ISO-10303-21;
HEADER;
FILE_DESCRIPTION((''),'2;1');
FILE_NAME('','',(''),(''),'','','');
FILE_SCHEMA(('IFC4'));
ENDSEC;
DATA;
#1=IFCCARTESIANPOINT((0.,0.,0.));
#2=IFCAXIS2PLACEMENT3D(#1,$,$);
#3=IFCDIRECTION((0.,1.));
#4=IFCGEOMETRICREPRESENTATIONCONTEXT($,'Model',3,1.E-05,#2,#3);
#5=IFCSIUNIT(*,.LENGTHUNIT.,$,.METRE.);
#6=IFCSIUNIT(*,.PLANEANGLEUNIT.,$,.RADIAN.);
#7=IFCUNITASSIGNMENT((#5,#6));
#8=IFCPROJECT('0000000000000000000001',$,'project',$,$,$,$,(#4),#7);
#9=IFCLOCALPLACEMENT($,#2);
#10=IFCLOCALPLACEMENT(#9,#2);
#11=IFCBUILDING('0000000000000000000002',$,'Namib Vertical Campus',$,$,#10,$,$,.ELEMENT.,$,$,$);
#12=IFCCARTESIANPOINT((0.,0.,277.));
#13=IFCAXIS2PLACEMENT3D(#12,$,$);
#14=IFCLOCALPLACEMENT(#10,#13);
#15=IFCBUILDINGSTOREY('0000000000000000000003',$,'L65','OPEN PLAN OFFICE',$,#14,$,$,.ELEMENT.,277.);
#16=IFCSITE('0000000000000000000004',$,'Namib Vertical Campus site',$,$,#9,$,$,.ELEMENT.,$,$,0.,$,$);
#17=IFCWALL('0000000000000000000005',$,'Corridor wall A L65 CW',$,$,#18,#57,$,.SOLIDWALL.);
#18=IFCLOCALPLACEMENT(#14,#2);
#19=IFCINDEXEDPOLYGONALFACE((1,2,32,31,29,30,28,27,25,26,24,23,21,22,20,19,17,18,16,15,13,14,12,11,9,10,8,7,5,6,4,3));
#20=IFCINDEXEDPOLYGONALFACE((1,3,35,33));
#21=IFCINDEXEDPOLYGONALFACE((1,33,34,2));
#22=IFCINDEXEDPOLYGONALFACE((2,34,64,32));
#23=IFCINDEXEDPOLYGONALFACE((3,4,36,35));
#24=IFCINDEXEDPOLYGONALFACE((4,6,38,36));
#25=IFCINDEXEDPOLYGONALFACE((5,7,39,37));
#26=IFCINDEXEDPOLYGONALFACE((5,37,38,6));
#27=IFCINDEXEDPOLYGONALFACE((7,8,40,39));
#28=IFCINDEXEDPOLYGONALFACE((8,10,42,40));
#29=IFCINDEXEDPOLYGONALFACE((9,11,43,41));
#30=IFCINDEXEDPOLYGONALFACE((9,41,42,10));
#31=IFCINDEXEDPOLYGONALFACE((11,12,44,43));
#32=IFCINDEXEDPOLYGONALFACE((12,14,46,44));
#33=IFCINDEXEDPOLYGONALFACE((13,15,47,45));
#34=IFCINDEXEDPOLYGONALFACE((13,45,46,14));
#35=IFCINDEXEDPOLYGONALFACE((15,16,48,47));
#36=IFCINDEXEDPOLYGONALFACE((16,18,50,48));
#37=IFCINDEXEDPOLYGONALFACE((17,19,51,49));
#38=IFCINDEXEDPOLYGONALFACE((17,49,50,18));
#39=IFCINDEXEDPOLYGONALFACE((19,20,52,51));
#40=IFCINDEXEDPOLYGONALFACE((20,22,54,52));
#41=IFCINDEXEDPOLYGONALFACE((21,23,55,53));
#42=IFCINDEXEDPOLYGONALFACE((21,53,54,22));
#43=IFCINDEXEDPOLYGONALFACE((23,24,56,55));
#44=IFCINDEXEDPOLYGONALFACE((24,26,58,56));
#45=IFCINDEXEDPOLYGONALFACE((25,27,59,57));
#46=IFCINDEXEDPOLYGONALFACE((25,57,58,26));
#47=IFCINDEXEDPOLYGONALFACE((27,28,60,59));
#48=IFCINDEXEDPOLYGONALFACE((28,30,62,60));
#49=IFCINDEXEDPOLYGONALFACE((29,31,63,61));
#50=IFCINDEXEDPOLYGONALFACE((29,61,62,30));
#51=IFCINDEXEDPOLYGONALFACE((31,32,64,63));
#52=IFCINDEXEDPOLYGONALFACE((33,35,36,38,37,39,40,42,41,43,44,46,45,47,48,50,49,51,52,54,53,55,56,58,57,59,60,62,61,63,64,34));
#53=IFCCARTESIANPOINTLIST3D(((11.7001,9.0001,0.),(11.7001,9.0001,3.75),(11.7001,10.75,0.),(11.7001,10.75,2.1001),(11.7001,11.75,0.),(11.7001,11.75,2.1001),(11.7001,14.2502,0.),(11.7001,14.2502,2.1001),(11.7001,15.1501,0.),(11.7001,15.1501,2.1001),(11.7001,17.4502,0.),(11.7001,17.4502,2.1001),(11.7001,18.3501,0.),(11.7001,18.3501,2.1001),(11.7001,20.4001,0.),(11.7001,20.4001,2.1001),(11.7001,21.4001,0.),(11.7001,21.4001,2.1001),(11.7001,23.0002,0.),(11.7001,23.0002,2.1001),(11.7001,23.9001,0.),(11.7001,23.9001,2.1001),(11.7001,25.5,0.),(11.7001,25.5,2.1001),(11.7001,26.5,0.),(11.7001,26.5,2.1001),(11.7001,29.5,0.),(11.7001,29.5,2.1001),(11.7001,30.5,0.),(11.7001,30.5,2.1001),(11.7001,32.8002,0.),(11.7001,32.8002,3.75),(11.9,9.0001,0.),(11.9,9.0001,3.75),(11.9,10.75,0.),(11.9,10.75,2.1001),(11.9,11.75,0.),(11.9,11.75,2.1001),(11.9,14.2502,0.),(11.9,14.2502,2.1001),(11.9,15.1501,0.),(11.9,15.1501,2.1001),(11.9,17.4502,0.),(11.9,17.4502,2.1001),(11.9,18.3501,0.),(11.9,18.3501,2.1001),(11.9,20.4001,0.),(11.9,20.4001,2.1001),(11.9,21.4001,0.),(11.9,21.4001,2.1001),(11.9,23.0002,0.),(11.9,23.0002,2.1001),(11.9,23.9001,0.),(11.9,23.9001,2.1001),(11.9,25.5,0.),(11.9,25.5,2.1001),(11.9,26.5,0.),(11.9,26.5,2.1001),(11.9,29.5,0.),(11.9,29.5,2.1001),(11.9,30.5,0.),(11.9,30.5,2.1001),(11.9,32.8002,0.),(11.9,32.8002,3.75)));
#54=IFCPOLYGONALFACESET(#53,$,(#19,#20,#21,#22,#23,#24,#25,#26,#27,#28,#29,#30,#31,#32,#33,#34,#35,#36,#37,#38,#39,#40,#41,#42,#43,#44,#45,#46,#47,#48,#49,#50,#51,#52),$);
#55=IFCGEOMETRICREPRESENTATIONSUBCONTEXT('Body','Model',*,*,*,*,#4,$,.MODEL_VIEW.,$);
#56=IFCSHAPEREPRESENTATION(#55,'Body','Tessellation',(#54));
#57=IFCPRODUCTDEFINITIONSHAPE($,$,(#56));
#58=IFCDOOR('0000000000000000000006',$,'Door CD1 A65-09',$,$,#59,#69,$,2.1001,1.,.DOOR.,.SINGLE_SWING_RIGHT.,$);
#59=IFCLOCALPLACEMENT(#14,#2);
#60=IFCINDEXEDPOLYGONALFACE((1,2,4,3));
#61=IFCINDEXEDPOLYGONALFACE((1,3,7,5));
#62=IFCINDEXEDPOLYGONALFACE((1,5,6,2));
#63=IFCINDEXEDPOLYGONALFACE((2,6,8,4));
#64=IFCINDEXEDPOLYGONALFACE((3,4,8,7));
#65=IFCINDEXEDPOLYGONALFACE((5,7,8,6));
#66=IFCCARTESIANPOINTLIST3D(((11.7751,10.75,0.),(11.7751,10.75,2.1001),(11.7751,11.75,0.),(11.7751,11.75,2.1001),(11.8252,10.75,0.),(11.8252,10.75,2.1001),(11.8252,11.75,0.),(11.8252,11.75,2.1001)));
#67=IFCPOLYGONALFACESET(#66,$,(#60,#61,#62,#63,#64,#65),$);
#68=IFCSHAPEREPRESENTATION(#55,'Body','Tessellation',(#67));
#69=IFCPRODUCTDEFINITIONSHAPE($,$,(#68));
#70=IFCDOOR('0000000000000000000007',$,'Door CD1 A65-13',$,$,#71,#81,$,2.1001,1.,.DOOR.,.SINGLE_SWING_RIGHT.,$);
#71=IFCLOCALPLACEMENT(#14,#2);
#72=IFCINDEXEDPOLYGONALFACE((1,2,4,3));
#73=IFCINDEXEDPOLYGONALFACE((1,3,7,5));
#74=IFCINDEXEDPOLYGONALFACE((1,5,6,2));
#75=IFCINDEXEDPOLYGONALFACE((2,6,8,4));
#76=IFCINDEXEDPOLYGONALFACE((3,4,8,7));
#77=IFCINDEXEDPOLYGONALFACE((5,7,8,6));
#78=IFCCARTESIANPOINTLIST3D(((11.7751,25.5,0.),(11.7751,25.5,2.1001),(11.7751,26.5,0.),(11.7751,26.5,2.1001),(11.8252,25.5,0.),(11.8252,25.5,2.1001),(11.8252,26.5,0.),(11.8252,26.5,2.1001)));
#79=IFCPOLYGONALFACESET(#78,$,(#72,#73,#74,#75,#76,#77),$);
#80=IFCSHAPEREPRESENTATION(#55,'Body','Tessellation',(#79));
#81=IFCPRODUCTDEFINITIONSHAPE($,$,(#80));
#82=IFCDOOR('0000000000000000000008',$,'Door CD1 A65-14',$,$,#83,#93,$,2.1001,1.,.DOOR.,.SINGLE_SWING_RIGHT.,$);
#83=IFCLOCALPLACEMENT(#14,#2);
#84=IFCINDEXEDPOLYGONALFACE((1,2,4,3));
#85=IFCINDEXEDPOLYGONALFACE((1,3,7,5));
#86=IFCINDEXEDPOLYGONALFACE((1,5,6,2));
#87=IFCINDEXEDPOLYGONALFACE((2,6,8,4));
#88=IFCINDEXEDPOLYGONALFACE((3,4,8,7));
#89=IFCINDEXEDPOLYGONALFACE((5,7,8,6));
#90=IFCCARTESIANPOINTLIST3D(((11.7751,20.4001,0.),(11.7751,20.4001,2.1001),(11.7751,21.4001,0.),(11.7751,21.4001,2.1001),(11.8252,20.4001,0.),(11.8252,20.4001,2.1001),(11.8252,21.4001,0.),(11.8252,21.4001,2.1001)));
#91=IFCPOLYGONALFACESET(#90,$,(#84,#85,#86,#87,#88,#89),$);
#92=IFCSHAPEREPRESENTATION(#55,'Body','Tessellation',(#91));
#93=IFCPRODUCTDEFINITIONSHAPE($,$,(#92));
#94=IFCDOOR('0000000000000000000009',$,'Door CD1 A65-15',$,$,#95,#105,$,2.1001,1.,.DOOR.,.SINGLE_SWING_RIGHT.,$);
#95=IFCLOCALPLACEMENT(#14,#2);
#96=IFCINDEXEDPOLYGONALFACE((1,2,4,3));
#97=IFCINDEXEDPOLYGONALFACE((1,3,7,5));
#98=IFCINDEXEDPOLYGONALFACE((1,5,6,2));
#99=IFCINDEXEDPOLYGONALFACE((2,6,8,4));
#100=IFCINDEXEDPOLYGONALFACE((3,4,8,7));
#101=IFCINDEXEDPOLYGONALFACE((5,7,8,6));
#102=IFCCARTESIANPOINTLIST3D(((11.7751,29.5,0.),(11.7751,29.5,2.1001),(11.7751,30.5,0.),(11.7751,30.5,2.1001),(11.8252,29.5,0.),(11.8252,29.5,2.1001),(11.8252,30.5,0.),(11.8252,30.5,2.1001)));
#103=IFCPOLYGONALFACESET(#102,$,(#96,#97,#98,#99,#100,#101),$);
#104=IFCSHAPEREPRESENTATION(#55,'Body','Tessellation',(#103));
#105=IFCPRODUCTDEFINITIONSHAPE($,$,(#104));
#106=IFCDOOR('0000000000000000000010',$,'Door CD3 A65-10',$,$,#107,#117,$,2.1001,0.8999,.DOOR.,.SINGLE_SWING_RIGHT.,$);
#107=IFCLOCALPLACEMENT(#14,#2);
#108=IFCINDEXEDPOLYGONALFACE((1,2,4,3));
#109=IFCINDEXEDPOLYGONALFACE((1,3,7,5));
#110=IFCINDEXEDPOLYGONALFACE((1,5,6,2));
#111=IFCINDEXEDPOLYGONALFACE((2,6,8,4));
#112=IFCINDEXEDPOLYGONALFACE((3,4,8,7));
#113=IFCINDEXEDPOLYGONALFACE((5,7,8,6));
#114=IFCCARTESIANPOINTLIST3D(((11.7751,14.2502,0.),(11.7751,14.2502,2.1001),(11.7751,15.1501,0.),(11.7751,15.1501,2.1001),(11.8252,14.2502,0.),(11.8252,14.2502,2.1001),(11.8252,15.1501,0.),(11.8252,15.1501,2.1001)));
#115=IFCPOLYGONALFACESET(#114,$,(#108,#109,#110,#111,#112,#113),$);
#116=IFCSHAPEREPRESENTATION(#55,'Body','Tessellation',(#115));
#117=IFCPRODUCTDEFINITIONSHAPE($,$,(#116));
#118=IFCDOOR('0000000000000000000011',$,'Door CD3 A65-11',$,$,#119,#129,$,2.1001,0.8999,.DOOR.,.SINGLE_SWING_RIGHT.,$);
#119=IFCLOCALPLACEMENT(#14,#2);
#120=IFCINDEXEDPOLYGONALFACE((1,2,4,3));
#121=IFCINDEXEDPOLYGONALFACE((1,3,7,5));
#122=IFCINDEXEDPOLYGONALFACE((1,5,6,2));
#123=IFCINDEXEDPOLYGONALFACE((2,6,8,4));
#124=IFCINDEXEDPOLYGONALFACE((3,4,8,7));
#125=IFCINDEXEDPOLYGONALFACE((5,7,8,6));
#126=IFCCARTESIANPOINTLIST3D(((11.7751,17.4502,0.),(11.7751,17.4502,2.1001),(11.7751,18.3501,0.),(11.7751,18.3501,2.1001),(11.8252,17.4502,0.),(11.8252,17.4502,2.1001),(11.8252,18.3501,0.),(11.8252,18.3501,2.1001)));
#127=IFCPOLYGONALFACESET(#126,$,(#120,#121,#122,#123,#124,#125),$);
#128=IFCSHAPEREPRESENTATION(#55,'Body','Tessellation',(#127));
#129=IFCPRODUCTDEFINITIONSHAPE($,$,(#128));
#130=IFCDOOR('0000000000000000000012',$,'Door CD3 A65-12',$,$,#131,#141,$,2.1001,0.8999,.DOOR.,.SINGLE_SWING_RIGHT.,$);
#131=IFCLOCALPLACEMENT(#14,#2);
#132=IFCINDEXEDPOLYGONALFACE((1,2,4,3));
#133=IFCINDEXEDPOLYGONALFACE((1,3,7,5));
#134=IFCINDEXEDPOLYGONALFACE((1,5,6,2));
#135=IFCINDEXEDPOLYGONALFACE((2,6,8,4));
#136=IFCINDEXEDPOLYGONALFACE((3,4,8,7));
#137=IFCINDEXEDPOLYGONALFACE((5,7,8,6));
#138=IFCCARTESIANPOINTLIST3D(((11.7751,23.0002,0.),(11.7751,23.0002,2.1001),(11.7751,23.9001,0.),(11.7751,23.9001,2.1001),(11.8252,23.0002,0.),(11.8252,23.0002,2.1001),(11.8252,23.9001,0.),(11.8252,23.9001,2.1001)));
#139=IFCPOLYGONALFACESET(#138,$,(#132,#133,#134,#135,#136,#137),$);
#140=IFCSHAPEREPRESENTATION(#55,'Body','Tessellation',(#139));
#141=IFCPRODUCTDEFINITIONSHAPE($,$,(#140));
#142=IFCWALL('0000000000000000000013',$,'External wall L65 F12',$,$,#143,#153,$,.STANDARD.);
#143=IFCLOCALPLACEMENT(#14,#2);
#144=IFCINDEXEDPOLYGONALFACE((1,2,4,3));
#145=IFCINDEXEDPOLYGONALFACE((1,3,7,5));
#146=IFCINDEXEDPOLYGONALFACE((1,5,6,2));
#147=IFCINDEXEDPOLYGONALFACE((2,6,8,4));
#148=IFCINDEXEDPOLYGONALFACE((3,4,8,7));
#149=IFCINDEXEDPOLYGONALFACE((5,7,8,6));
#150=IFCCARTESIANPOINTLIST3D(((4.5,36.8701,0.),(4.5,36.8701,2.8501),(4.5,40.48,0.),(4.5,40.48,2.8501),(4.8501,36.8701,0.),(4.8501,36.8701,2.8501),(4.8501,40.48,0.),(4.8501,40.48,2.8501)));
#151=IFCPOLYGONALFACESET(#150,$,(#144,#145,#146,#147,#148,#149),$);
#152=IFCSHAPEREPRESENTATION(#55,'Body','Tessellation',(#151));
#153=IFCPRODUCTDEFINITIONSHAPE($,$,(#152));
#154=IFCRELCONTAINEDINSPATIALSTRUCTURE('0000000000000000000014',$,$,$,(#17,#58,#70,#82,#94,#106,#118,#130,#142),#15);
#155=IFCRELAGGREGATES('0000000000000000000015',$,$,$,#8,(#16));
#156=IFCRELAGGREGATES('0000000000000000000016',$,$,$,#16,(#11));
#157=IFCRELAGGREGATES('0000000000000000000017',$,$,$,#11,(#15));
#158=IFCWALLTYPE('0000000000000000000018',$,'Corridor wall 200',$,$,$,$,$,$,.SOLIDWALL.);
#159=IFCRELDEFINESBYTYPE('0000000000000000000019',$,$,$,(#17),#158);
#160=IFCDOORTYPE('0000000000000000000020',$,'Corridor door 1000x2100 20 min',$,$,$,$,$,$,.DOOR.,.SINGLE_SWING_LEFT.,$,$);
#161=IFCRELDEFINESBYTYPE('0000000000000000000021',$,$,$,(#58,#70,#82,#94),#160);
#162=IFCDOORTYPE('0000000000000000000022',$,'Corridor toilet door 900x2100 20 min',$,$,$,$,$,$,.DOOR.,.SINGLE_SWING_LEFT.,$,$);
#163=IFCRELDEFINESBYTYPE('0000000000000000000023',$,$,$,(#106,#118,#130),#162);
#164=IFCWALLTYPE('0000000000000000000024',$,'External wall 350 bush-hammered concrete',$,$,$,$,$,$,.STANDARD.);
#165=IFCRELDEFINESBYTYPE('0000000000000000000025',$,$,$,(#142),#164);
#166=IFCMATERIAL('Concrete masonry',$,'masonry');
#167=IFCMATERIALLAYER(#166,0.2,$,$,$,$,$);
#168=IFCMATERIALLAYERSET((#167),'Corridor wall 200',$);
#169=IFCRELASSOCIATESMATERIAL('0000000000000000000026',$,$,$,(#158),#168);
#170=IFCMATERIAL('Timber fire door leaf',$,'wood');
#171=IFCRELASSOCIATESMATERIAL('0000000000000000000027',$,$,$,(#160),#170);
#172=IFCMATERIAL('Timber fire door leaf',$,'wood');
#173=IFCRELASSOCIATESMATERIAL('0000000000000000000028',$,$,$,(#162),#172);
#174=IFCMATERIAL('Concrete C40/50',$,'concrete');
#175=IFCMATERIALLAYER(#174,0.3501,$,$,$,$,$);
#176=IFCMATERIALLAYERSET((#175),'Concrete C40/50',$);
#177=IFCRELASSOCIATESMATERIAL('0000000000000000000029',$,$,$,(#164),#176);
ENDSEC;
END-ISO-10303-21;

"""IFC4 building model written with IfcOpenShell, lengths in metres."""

from ifc_helpers import new_model, si_unit, direction, frame, frame_2d, origin, place, context, subcontext, project, spatial, rectangle, extrude, material, layer, layer_set, type_object, element, fill, save


model = new_model("IFC4")

# Units and contexts
model_context = context("Model", 3, precision=1e-05, world=origin(), true_north=direction((0.0, 1.0)))
body_context = subcontext(model_context, "Body", "Model", "MODEL_VIEW")
ifc_project = project(units=[si_unit("LENGTHUNIT", "METRE"), si_unit("PLANEANGLEUNIT", "RADIAN")], contexts=[model_context])

# Site, building, storey
site_placement = place(None, origin())
site = spatial("IfcSite", under=ifc_project, at=site_placement, Name="Namib Vertical Campus site", CompositionType="ELEMENT", RefElevation=0.0)
building_placement = place(site_placement, origin())
building = spatial("IfcBuilding", under=site, at=building_placement, Name="Namib Vertical Campus", CompositionType="ELEMENT")
storey_placement = place(building_placement, frame((0.0, 0.0, 277.0)))
storey = spatial("IfcBuildingStorey", under=building, at=storey_placement, Name="L65", Description="OPEN PLAN OFFICE", CompositionType="ELEMENT", Elevation=277.0)

# Wall, openings, doors
ifc_material_1 = material(Name="Concrete masonry", Category="masonry")
ifc_layer_1 = layer(ifc_material_1, 0.2)
ifc_layer_set_1 = layer_set([ifc_layer_1], Name="Corridor wall 200")
wall_type_1 = type_object("IfcWallType", Name="Corridor wall 200", PredefinedType="SOLIDWALL", material=ifc_layer_set_1)
wall_1_placement = place(storey_placement, frame((11.8, 32.8, 0.0), z_axis=(0.0, 0.0, 1.0), x_axis=(0.0, -1.0, 0.0)))
wall_1 = element("IfcWall", 1, at=wall_1_placement, inside=storey, type_object=wall_type_1, Name="Corridor wall A L65 CW", PredefinedType="SOLIDWALL", context=body_context, shape_type="SweptSolid", body=[
    extrude(rectangle(XDim=23.8, YDim=0.2, at=frame_2d((11.8999, 0.0))), origin(), (0.0, 0.0, 1.0), 3.75),
])
opening_1_placement = place(wall_1_placement, frame((21.05, 0.0, 0.0)))
opening_1 = element("IfcOpeningElement", 2, at=opening_1_placement, cuts=wall_1, PredefinedType="OPENING", context=body_context, shape_type="SweptSolid", body=[
    extrude(rectangle(XDim=1.0, YDim=2.1001, at=frame_2d((0.5, 1.05))), frame((0.0, 0.1099, 0.0), z_axis=(0.0, -1.0, 0.0), x_axis=(1.0, 0.0, 0.0)), (0.0, 0.0, 1.0), 0.22),
])
opening_2_placement = place(wall_1_placement, frame((17.6499, 0.0, 0.0)))
opening_2 = element("IfcOpeningElement", 3, at=opening_2_placement, cuts=wall_1, PredefinedType="OPENING", context=body_context, shape_type="SweptSolid", body=[
    extrude(rectangle(XDim=0.8999, YDim=2.1001, at=frame_2d((0.45, 1.05))), frame((0.0, 0.1099, 0.0), z_axis=(0.0, -1.0, 0.0), x_axis=(1.0, 0.0, 0.0)), (0.0, 0.0, 1.0), 0.22),
])
opening_3_placement = place(wall_1_placement, frame((14.45, 0.0, 0.0)))
opening_3 = element("IfcOpeningElement", 4, at=opening_3_placement, cuts=wall_1, PredefinedType="OPENING", context=body_context, shape_type="SweptSolid", body=[
    extrude(rectangle(XDim=0.8999, YDim=2.1001, at=frame_2d((0.45, 1.05))), frame((0.0, 0.1099, 0.0), z_axis=(0.0, -1.0, 0.0), x_axis=(1.0, 0.0, 0.0)), (0.0, 0.0, 1.0), 0.22),
])
opening_4_placement = place(wall_1_placement, frame((8.8999, 0.0, 0.0)))
opening_4 = element("IfcOpeningElement", 5, at=opening_4_placement, cuts=wall_1, PredefinedType="OPENING", context=body_context, shape_type="SweptSolid", body=[
    extrude(rectangle(XDim=0.8999, YDim=2.1001, at=frame_2d((0.45, 1.05))), frame((0.0, 0.1099, 0.0), z_axis=(0.0, -1.0, 0.0), x_axis=(1.0, 0.0, 0.0)), (0.0, 0.0, 1.0), 0.22),
])
opening_5_placement = place(wall_1_placement, frame((6.3, 0.0, 0.0)))
opening_5 = element("IfcOpeningElement", 6, at=opening_5_placement, cuts=wall_1, PredefinedType="OPENING", context=body_context, shape_type="SweptSolid", body=[
    extrude(rectangle(XDim=1.0, YDim=2.1001, at=frame_2d((0.5, 1.05))), frame((0.0, 0.1099, 0.0), z_axis=(0.0, -1.0, 0.0), x_axis=(1.0, 0.0, 0.0)), (0.0, 0.0, 1.0), 0.22),
])
opening_6_placement = place(wall_1_placement, frame((11.3999, 0.0, 0.0)))
opening_6 = element("IfcOpeningElement", 7, at=opening_6_placement, cuts=wall_1, PredefinedType="OPENING", context=body_context, shape_type="SweptSolid", body=[
    extrude(rectangle(XDim=1.0, YDim=2.1001, at=frame_2d((0.5, 1.05))), frame((0.0, 0.1099, 0.0), z_axis=(0.0, -1.0, 0.0), x_axis=(1.0, 0.0, 0.0)), (0.0, 0.0, 1.0), 0.22),
])
opening_7_placement = place(wall_1_placement, frame((2.3, 0.0, 0.0)))
opening_7 = element("IfcOpeningElement", 8, at=opening_7_placement, cuts=wall_1, PredefinedType="OPENING", context=body_context, shape_type="SweptSolid", body=[
    extrude(rectangle(XDim=1.0, YDim=2.1001, at=frame_2d((0.5, 1.05))), frame((0.0, 0.1099, 0.0), z_axis=(0.0, -1.0, 0.0), x_axis=(1.0, 0.0, 0.0)), (0.0, 0.0, 1.0), 0.22),
])
ifc_material_2 = material(Name="Timber fire door leaf", Category="wood")
door_type_1 = type_object("IfcDoorType", Name="Corridor door 1000x2100 20 min", OperationType="SINGLE_SWING_LEFT", PredefinedType="DOOR", material=ifc_material_2)
door_1_placement = place(opening_1_placement, frame((1.0, 0.0, 0.0), z_axis=(0.0, 0.0, 1.0), x_axis=(-1.0, 0.0, 0.0)))
door_1 = element("IfcDoor", 9, at=door_1_placement, inside=storey, type_object=door_type_1, Name="Door CD1 A65-09", OperationType="SINGLE_SWING_RIGHT", OverallHeight=2.1001, OverallWidth=1.0, PredefinedType="DOOR", context=body_context, shape_type="SweptSolid", body=[
    extrude(rectangle(XDim=1.0, YDim=2.1001, at=frame_2d((0.5, 1.05))), frame((0.0, 0.0249, 0.0), z_axis=(0.0, -1.0, 0.0), x_axis=(1.0, 0.0, 0.0)), (0.0, 0.0, 1.0), 0.05),
])
fill(opening_1, door_1)
door_2_placement = place(opening_5_placement, frame((1.0, 0.0, 0.0), z_axis=(0.0, 0.0, 1.0), x_axis=(-1.0, 0.0, 0.0)))
door_2 = element("IfcDoor", 10, at=door_2_placement, inside=storey, type_object=door_type_1, Name="Door CD1 A65-13", OperationType="SINGLE_SWING_RIGHT", OverallHeight=2.1001, OverallWidth=1.0, PredefinedType="DOOR", context=body_context, shape_type="SweptSolid", body=[
    extrude(rectangle(XDim=1.0, YDim=2.1001, at=frame_2d((0.5, 1.05))), frame((0.0, 0.0249, 0.0), z_axis=(0.0, -1.0, 0.0), x_axis=(1.0, 0.0, 0.0)), (0.0, 0.0, 1.0), 0.05),
])
fill(opening_5, door_2)
door_3_placement = place(opening_6_placement, frame((1.0, 0.0, 0.0), z_axis=(0.0, 0.0, 1.0), x_axis=(-1.0, 0.0, 0.0)))
door_3 = element("IfcDoor", 11, at=door_3_placement, inside=storey, type_object=door_type_1, Name="Door CD1 A65-14", OperationType="SINGLE_SWING_RIGHT", OverallHeight=2.1001, OverallWidth=1.0, PredefinedType="DOOR", context=body_context, shape_type="SweptSolid", body=[
    extrude(rectangle(XDim=1.0, YDim=2.1001, at=frame_2d((0.5, 1.05))), frame((0.0, 0.0249, 0.0), z_axis=(0.0, -1.0, 0.0), x_axis=(1.0, 0.0, 0.0)), (0.0, 0.0, 1.0), 0.05),
])
fill(opening_6, door_3)
door_4_placement = place(opening_7_placement, frame((1.0, 0.0, 0.0), z_axis=(0.0, 0.0, 1.0), x_axis=(-1.0, 0.0, 0.0)))
door_4 = element("IfcDoor", 12, at=door_4_placement, inside=storey, type_object=door_type_1, Name="Door CD1 A65-15", OperationType="SINGLE_SWING_RIGHT", OverallHeight=2.1001, OverallWidth=1.0, PredefinedType="DOOR", context=body_context, shape_type="SweptSolid", body=[
    extrude(rectangle(XDim=1.0, YDim=2.1001, at=frame_2d((0.5, 1.05))), frame((0.0, 0.0249, 0.0), z_axis=(0.0, -1.0, 0.0), x_axis=(1.0, 0.0, 0.0)), (0.0, 0.0, 1.0), 0.05),
])
fill(opening_7, door_4)
ifc_material_3 = material(Name="Timber fire door leaf", Category="wood")
door_type_2 = type_object("IfcDoorType", Name="Corridor toilet door 900x2100 20 min", OperationType="SINGLE_SWING_LEFT", PredefinedType="DOOR", material=ifc_material_3)
door_5_placement = place(opening_2_placement, frame((0.8999, 0.0, 0.0), z_axis=(0.0, 0.0, 1.0), x_axis=(-1.0, 0.0, 0.0)))
door_5 = element("IfcDoor", 13, at=door_5_placement, inside=storey, type_object=door_type_2, Name="Door CD3 A65-10", OperationType="SINGLE_SWING_RIGHT", OverallHeight=2.1001, OverallWidth=0.8999, PredefinedType="DOOR", context=body_context, shape_type="SweptSolid", body=[
    extrude(rectangle(XDim=0.8999, YDim=2.1001, at=frame_2d((0.45, 1.05))), frame((0.0, 0.0249, 0.0), z_axis=(0.0, -1.0, 0.0), x_axis=(1.0, 0.0, 0.0)), (0.0, 0.0, 1.0), 0.05),
])
fill(opening_2, door_5)
door_6_placement = place(opening_3_placement, frame((0.8999, 0.0, 0.0), z_axis=(0.0, 0.0, 1.0), x_axis=(-1.0, 0.0, 0.0)))
door_6 = element("IfcDoor", 14, at=door_6_placement, inside=storey, type_object=door_type_2, Name="Door CD3 A65-11", OperationType="SINGLE_SWING_RIGHT", OverallHeight=2.1001, OverallWidth=0.8999, PredefinedType="DOOR", context=body_context, shape_type="SweptSolid", body=[
    extrude(rectangle(XDim=0.8999, YDim=2.1001, at=frame_2d((0.45, 1.05))), frame((0.0, 0.0249, 0.0), z_axis=(0.0, -1.0, 0.0), x_axis=(1.0, 0.0, 0.0)), (0.0, 0.0, 1.0), 0.05),
])
fill(opening_3, door_6)
door_7_placement = place(opening_4_placement, frame((0.8999, 0.0, 0.0), z_axis=(0.0, 0.0, 1.0), x_axis=(-1.0, 0.0, 0.0)))
door_7 = element("IfcDoor", 15, at=door_7_placement, inside=storey, type_object=door_type_2, Name="Door CD3 A65-12", OperationType="SINGLE_SWING_RIGHT", OverallHeight=2.1001, OverallWidth=0.8999, PredefinedType="DOOR", context=body_context, shape_type="SweptSolid", body=[
    extrude(rectangle(XDim=0.8999, YDim=2.1001, at=frame_2d((0.45, 1.05))), frame((0.0, 0.0249, 0.0), z_axis=(0.0, -1.0, 0.0), x_axis=(1.0, 0.0, 0.0)), (0.0, 0.0, 1.0), 0.05),
])
fill(opening_4, door_7)

# Wall
ifc_material_4 = material(Name="Concrete C40/50", Category="concrete")
ifc_layer_2 = layer(ifc_material_4, 0.3501)
ifc_layer_set_2 = layer_set([ifc_layer_2], Name="Concrete C40/50")
wall_type_2 = type_object("IfcWallType", Name="External wall 350 bush-hammered concrete", PredefinedType="STANDARD", material=ifc_layer_set_2)
wall_2_placement = place(storey_placement, frame((4.675, 40.48, 0.0), z_axis=(0.0, 0.0, 1.0), x_axis=(0.0, -1.0, 0.0)))
element("IfcWall", 16, at=wall_2_placement, inside=storey, type_object=wall_type_2, Name="External wall L65 F12", PredefinedType="STANDARD", context=body_context, shape_type="SweptSolid", body=[
    extrude(rectangle(XDim=3.6099, YDim=0.3501, at=frame_2d((1.8049, 0.0))), origin(), (0.0, 0.0, 1.0), 2.8501),
])

save(model, "model.ifc")
